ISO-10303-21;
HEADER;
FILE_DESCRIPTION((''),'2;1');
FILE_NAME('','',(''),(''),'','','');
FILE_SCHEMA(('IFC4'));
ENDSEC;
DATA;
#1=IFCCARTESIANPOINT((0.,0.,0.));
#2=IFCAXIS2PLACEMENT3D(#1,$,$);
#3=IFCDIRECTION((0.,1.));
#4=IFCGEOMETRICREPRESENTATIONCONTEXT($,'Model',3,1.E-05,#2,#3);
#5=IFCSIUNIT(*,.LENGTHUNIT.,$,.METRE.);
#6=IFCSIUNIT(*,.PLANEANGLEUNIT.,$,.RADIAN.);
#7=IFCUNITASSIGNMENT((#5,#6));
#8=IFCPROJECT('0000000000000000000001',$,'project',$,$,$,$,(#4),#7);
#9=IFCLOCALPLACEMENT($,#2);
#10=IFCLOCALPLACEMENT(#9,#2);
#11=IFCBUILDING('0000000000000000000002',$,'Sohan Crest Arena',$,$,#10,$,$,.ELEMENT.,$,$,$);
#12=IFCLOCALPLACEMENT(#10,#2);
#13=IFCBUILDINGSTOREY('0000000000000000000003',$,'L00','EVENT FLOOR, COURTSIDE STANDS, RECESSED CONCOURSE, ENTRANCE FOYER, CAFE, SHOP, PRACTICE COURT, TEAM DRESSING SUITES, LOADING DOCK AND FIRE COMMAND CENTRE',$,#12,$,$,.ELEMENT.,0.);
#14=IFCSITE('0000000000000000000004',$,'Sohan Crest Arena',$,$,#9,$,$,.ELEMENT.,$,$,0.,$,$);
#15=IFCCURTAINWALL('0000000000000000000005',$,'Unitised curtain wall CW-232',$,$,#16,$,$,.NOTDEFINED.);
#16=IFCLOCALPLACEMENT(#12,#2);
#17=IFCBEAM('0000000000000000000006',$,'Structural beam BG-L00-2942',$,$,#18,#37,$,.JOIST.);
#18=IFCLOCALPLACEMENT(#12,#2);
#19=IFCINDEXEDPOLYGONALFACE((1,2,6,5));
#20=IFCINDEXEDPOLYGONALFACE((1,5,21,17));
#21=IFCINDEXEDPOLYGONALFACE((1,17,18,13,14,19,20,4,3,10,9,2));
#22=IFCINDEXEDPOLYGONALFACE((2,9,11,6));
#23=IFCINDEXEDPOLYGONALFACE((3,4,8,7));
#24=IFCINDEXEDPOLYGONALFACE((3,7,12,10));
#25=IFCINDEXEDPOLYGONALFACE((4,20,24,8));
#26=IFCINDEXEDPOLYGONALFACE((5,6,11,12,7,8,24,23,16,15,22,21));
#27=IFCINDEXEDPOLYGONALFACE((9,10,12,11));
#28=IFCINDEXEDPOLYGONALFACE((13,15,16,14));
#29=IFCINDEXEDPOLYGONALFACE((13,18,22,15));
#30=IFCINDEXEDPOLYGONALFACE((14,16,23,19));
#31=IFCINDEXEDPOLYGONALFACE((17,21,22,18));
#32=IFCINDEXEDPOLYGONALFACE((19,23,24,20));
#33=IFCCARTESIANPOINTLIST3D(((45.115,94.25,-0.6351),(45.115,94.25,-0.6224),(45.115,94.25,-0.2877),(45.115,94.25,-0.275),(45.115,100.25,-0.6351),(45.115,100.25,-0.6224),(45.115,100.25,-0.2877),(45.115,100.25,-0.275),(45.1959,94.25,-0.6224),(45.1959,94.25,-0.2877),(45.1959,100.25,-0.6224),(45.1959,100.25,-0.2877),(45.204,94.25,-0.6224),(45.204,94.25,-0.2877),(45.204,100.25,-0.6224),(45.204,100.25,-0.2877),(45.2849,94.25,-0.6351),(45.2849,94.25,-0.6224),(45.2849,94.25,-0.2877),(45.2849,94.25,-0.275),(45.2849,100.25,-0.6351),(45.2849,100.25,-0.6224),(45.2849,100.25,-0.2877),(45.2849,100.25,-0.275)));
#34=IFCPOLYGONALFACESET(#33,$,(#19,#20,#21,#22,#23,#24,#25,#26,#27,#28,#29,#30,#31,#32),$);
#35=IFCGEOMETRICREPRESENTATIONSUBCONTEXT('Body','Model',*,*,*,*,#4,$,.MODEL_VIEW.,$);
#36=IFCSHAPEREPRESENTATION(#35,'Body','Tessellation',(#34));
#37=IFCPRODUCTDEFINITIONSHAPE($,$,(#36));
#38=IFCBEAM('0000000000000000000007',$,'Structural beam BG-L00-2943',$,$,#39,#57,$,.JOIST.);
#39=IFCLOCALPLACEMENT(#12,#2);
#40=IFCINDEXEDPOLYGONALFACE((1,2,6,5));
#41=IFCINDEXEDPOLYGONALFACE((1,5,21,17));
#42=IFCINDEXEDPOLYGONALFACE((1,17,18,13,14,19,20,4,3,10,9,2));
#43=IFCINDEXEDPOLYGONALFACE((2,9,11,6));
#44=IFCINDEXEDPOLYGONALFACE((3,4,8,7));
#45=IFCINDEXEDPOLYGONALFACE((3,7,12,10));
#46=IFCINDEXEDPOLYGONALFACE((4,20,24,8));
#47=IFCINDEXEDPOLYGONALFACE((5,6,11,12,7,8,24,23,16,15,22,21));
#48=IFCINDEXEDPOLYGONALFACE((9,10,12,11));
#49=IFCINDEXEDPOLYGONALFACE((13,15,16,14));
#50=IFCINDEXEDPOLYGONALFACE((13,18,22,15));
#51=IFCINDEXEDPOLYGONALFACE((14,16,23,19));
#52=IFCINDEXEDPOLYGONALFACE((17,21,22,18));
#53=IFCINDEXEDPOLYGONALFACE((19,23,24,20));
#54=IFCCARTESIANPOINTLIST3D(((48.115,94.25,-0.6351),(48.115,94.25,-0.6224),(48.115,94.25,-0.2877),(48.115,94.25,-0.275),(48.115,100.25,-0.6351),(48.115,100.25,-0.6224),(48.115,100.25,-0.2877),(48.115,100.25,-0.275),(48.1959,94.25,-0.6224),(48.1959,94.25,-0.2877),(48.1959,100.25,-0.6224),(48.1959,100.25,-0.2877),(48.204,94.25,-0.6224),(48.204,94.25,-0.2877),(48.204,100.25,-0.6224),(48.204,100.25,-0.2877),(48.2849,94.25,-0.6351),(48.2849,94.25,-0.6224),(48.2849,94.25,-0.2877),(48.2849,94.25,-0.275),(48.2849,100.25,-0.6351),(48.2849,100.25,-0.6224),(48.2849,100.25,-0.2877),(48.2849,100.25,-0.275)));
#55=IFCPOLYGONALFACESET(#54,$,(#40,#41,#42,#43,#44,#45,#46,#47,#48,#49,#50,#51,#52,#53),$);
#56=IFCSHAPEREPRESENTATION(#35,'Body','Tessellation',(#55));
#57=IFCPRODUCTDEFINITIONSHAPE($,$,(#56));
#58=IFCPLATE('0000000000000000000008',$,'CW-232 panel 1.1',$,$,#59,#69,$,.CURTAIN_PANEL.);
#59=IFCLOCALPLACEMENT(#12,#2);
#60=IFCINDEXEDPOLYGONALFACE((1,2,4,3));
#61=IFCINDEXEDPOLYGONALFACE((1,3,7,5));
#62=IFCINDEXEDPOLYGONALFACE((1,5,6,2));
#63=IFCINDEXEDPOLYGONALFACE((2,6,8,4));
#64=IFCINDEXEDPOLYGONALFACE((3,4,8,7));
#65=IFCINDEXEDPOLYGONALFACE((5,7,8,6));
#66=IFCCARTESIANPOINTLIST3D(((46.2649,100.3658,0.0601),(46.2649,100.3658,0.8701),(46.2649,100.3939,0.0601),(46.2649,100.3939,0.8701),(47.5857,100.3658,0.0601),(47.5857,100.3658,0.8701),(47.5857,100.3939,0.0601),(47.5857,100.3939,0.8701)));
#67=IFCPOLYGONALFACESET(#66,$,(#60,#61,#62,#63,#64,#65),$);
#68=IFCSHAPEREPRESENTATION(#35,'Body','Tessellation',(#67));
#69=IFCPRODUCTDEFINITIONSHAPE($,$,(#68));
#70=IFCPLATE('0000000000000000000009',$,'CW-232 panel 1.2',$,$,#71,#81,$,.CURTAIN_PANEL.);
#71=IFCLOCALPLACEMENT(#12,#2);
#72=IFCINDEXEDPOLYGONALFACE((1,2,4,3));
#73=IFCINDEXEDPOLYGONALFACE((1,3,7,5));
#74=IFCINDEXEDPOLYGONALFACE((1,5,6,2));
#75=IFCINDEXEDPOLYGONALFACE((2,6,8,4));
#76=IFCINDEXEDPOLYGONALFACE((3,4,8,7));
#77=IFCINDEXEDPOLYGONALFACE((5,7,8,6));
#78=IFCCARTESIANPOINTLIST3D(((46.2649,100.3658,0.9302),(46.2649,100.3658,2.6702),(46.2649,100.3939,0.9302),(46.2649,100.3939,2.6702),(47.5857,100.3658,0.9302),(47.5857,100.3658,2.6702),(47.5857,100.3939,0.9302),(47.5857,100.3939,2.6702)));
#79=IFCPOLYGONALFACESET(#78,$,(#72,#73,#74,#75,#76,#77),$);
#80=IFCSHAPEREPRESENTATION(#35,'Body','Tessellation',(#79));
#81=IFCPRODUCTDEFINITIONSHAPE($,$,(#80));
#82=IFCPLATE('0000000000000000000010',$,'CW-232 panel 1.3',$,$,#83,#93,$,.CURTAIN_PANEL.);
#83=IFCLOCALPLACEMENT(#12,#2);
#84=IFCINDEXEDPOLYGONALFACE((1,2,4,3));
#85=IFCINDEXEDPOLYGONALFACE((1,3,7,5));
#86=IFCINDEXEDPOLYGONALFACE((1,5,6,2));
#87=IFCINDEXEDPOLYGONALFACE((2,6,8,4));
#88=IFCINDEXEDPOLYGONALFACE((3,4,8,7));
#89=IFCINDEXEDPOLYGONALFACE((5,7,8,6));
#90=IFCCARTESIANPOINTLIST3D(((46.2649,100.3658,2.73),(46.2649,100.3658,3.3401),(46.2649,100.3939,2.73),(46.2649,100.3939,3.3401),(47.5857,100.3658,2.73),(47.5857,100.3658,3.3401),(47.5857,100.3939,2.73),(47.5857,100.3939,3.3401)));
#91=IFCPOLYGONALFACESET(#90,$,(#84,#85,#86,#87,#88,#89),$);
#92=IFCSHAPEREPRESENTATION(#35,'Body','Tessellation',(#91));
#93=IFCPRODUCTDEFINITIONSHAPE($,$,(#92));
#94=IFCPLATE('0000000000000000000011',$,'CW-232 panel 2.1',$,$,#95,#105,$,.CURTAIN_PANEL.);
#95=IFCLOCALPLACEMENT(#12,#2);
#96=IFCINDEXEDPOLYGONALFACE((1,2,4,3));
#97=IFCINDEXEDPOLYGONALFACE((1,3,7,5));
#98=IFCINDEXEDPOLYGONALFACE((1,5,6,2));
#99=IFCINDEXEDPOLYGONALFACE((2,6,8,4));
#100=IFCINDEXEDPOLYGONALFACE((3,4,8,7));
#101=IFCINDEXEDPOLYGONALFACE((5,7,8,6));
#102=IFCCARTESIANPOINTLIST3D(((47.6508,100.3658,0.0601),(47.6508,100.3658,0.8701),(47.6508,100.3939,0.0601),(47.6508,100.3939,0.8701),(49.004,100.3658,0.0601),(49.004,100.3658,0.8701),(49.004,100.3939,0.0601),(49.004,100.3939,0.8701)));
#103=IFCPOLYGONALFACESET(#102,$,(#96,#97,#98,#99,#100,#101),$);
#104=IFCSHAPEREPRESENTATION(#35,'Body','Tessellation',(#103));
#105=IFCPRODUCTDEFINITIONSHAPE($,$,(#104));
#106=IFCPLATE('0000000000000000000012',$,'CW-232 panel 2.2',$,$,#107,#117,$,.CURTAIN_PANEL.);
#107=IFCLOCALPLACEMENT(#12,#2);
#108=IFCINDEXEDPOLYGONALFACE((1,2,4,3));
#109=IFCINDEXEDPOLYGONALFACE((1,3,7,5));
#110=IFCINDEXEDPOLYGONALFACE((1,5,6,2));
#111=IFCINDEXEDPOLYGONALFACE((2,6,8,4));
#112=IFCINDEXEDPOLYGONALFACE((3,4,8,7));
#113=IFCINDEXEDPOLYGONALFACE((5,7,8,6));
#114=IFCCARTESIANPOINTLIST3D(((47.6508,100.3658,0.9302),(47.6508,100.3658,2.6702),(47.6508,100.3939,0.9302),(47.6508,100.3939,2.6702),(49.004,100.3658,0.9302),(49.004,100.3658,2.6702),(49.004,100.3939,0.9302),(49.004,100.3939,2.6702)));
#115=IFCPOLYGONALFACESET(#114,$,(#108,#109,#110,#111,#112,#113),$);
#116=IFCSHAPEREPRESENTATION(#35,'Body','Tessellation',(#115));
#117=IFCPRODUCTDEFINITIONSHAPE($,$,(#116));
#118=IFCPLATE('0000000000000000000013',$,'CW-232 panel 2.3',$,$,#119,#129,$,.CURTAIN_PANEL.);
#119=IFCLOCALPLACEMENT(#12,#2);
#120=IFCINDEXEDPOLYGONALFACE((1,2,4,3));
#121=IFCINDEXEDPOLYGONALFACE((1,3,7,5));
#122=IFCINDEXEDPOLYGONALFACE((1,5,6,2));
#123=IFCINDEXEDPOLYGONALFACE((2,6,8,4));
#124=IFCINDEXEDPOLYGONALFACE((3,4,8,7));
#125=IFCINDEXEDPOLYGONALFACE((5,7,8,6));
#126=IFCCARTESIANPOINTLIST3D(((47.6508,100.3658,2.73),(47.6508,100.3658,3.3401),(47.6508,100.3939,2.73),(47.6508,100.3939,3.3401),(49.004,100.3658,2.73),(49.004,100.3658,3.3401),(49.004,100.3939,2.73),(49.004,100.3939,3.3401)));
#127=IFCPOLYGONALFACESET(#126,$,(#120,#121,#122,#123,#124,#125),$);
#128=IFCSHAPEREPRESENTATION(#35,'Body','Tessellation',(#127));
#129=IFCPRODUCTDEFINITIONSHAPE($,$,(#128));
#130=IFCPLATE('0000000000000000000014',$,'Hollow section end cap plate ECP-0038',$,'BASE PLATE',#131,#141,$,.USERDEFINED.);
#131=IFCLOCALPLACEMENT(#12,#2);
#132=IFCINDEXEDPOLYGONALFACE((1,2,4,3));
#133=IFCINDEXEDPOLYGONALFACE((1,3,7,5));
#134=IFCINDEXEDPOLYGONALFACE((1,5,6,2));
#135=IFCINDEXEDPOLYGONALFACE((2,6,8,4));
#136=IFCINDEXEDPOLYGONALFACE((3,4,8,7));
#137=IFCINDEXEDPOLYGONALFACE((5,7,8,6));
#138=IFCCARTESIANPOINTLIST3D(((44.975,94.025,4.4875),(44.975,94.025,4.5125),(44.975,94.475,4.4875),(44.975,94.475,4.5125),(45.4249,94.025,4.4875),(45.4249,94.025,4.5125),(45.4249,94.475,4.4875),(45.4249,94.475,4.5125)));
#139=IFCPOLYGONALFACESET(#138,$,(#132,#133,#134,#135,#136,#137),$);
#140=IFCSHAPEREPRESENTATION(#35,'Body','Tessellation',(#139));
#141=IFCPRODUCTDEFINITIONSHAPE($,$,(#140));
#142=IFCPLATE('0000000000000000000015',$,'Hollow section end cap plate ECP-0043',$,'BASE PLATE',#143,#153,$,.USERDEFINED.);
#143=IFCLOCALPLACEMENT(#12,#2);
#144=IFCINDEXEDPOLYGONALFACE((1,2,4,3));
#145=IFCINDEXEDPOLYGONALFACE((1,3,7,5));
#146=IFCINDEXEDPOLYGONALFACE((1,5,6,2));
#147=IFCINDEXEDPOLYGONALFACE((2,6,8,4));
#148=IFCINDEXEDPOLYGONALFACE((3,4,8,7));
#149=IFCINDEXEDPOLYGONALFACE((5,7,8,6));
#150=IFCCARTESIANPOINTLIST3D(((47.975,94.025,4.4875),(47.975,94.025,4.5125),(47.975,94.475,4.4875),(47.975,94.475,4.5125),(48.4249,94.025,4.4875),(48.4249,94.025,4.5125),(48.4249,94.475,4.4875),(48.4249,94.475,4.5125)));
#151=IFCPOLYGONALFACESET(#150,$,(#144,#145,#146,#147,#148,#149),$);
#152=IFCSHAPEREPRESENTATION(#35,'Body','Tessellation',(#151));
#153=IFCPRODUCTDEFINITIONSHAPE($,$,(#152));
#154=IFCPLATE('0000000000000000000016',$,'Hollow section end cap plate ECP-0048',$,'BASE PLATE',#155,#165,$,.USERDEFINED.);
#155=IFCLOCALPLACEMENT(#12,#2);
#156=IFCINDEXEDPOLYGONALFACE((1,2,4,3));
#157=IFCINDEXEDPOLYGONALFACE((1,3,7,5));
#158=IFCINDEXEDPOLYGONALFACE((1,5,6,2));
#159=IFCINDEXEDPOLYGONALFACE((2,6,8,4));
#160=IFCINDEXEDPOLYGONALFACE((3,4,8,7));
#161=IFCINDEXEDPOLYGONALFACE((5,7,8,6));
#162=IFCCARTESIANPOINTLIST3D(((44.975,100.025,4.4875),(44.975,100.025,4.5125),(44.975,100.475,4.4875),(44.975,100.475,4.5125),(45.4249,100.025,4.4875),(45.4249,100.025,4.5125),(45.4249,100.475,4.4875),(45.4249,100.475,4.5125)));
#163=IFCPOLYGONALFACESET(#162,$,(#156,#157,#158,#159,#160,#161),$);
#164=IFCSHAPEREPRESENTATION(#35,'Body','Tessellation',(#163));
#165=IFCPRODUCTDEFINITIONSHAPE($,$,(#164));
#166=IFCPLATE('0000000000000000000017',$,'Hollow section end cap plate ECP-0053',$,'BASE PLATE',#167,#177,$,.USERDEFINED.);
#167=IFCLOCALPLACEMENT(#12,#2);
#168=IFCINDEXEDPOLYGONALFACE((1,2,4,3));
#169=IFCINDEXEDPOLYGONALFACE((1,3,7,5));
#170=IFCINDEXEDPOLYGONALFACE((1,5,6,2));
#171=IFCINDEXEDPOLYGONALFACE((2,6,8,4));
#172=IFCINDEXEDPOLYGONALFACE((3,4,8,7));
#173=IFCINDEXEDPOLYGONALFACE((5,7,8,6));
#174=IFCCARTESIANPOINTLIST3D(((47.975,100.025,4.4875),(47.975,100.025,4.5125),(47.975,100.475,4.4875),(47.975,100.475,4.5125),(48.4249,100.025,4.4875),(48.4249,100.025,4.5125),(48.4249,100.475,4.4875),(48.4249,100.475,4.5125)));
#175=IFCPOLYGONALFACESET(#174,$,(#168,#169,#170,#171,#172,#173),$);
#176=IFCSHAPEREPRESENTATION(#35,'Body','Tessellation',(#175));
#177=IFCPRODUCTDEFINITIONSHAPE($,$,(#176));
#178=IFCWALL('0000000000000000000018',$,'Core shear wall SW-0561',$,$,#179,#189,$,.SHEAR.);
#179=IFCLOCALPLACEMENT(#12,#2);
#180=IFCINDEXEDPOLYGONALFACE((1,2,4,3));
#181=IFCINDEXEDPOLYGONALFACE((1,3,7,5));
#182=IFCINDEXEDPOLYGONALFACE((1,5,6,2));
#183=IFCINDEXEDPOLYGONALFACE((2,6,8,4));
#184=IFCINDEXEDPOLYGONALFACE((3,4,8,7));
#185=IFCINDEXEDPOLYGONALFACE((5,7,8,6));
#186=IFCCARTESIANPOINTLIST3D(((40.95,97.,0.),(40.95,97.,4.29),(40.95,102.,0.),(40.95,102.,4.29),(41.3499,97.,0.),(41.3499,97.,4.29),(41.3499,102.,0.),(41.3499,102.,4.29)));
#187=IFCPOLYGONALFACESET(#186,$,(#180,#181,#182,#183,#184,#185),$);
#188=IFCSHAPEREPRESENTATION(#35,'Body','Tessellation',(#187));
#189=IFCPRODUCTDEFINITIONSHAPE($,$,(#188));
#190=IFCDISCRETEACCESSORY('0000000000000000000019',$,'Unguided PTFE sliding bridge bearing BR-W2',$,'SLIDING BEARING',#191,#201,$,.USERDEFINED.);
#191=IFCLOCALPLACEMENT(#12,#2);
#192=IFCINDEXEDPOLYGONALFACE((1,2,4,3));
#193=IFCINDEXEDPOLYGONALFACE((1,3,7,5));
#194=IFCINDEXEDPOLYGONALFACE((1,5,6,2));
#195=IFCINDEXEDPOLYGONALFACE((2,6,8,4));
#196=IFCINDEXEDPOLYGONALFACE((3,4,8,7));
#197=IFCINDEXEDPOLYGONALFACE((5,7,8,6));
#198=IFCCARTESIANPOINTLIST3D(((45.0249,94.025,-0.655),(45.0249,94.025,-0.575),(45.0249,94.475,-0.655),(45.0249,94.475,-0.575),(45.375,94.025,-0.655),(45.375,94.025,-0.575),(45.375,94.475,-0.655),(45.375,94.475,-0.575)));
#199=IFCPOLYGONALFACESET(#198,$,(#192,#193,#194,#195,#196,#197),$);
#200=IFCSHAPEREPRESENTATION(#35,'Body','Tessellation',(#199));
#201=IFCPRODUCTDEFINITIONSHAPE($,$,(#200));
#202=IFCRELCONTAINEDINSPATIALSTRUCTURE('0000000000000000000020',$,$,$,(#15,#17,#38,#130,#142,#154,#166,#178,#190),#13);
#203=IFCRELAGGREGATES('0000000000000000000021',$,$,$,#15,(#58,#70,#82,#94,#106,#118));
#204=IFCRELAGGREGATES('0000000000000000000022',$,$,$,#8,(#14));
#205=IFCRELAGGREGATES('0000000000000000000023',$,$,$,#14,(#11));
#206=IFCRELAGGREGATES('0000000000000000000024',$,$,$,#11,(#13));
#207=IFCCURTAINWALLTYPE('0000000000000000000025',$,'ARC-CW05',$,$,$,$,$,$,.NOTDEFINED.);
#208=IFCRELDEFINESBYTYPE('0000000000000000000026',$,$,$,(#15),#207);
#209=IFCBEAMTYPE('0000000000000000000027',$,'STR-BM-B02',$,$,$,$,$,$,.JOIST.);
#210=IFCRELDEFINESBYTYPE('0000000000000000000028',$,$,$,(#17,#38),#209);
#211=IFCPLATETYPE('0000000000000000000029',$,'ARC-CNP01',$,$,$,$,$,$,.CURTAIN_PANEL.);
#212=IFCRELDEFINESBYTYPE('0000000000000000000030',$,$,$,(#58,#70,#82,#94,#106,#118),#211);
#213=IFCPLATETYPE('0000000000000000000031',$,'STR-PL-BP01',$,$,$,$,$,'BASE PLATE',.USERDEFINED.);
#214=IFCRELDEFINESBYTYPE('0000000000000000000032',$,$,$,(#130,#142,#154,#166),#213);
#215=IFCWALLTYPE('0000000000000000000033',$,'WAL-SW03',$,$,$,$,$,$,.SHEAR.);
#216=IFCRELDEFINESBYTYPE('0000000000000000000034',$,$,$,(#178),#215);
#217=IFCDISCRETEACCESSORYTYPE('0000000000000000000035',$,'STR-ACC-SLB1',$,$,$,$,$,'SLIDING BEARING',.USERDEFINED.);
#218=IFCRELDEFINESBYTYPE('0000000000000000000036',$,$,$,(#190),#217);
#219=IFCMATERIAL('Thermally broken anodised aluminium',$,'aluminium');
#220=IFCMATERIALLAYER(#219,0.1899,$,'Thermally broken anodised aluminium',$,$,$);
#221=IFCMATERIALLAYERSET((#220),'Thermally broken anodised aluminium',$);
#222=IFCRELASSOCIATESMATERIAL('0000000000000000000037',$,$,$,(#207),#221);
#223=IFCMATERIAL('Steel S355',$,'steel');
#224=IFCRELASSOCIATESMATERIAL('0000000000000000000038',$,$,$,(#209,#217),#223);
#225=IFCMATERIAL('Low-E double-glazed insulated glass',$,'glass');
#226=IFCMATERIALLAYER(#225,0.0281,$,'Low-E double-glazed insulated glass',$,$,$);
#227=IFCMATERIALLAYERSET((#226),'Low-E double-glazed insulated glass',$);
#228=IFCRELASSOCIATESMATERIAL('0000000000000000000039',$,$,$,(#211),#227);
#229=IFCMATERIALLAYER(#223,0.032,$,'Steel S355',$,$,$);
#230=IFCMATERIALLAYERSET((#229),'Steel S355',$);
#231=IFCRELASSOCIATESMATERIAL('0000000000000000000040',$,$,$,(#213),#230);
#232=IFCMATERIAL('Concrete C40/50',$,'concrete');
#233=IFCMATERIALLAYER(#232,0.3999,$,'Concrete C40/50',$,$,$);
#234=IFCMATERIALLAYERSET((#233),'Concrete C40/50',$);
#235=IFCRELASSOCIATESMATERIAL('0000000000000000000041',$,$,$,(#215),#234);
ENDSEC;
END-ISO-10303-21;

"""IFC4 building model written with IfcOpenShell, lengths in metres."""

from ifc_helpers import new_model, si_unit, direction, frame, frame_2d, origin, origin_2d, place, context, subcontext, project, spatial, rectangle, i_section, extrude, material, layer, layer_set, material_profile, profile_set, type_object, element, aggregate, save


model = new_model("IFC4")

# Units and contexts
model_context = context("Model", 3, precision=1e-05, world=origin(), true_north=direction((0.0, 1.0)))
body_context = subcontext(model_context, "Body", "Model", "MODEL_VIEW")
ifc_project = project(units=[si_unit("LENGTHUNIT", "METRE"), si_unit("PLANEANGLEUNIT", "RADIAN")], contexts=[model_context])

# Site, building, storey
site_placement = place(None, origin())
site = spatial("IfcSite", under=ifc_project, at=site_placement, Name="Sohan Crest Arena", CompositionType="ELEMENT", RefElevation=0.0)
building_placement = place(site_placement, origin())
building = spatial("IfcBuilding", under=site, at=building_placement, Name="Sohan Crest Arena", CompositionType="ELEMENT")
storey_placement = place(building_placement, origin())
storey = spatial("IfcBuildingStorey", under=building, at=storey_placement, Name="L00", Description="EVENT FLOOR, COURTSIDE STANDS, RECESSED CONCOURSE, ENTRANCE FOYER, CAFE, SHOP, PRACTICE COURT, TEAM DRESSING SUITES, LOADING DOCK AND FIRE COMMAND CENTRE", CompositionType="ELEMENT", Elevation=0.0)

# Shared definitions
ifc_material_1 = material(Name="Steel S355", Category="steel")

# Curtain wall
ifc_material_2 = material(Name="Thermally broken anodised aluminium", Category="aluminium")
ifc_layer_1 = layer(ifc_material_2, 0.1899, Name="Thermally broken anodised aluminium")
ifc_layer_set_1 = layer_set([ifc_layer_1], Name="Thermally broken anodised aluminium")
curtain_wall_type = type_object("IfcCurtainWallType", Name="ARC-CW05", PredefinedType="NOTDEFINED", material=ifc_layer_set_1)
curtain_wall_placement = place(storey_placement, origin())
curtain_wall = element("IfcCurtainWall", 1, at=curtain_wall_placement, inside=storey, type_object=curtain_wall_type, Name="Unitised curtain wall CW-232", PredefinedType="NOTDEFINED")

# Beams
ifc_material_profile_1 = material_profile(ifc_material_1, i_section(OverallWidth=0.1699, OverallDepth=0.3601, WebThickness=0.0081, FlangeThickness=0.0127, at=origin_2d()), Name="IPE 360")
ifc_profile_set_1 = profile_set([ifc_material_profile_1], Name="Steel S355")
beam_type = type_object("IfcBeamType", Name="STR-BM-B02", PredefinedType="JOIST", material=ifc_profile_set_1)
for number, where, z_axis, x_axis, name in (
    (2, (45.2, 94.25, -0.4551), (0.0, 1.0, 0.0), (-1.0, 0.0, 0.0), "Structural beam BG-L00-2942"),
    (3, (48.2, 94.25, -0.4551), (0.0, 1.0, 0.0), (-1.0, 0.0, 0.0), "Structural beam BG-L00-2943"),
):
    element("IfcBeam", number, at=place(storey_placement, frame(where, z_axis=z_axis, x_axis=x_axis)), inside=storey, type_object=beam_type, Name=name, PredefinedType="JOIST", context=body_context, shape_type="SweptSolid", body=[
        extrude(i_section(OverallWidth=0.1699, OverallDepth=0.3601, WebThickness=0.0081, FlangeThickness=0.0127, at=origin_2d()), origin(), (0.0, 0.0, 1.0), 6.0),
    ])

# Plates
ifc_material_3 = material(Name="Low-E double-glazed insulated glass", Category="glass")
ifc_layer_2 = layer(ifc_material_3, 0.0281, Name="Low-E double-glazed insulated glass")
ifc_layer_set_2 = layer_set([ifc_layer_2], Name="Low-E double-glazed insulated glass")
plate_type_1 = type_object("IfcPlateType", Name="ARC-CNP01", PredefinedType="CURTAIN_PANEL", material=ifc_layer_set_2)
plate_1_placement = place(storey_placement, frame((46.9253, 100.3799, 0.0601), z_axis=(0.0, 0.0, 1.0), x_axis=(1.0, 0.0, 0.0)))
plate_1 = element("IfcPlate", 4, at=plate_1_placement, type_object=plate_type_1, Name="CW-232 panel 1.1", PredefinedType="CURTAIN_PANEL", context=body_context, shape_type="SweptSolid", body=[
    extrude(rectangle(XDim=1.3208, YDim=0.0281, at=origin_2d()), origin(), (0.0, 0.0, 1.0), 0.8101),
])
plate_2_placement = place(storey_placement, frame((46.9253, 100.3799, 0.9302), z_axis=(0.0, 0.0, 1.0), x_axis=(1.0, 0.0, 0.0)))
plate_2 = element("IfcPlate", 5, at=plate_2_placement, type_object=plate_type_1, Name="CW-232 panel 1.2", PredefinedType="CURTAIN_PANEL", context=body_context, shape_type="SweptSolid", body=[
    extrude(rectangle(XDim=1.3208, YDim=0.0281, at=origin_2d()), origin(), (0.0, 0.0, 1.0), 1.74),
])
plate_3_placement = place(storey_placement, frame((46.9253, 100.3799, 2.73), z_axis=(0.0, 0.0, 1.0), x_axis=(1.0, 0.0, 0.0)))
plate_3 = element("IfcPlate", 6, at=plate_3_placement, type_object=plate_type_1, Name="CW-232 panel 1.3", PredefinedType="CURTAIN_PANEL", context=body_context, shape_type="SweptSolid", body=[
    extrude(rectangle(XDim=1.3208, YDim=0.0281, at=origin_2d()), origin(), (0.0, 0.0, 1.0), 0.6101),
])
plate_4_placement = place(storey_placement, frame((48.3274, 100.3799, 0.0601), z_axis=(0.0, 0.0, 1.0), x_axis=(1.0, 0.0, 0.0)))
plate_4 = element("IfcPlate", 7, at=plate_4_placement, type_object=plate_type_1, Name="CW-232 panel 2.1", PredefinedType="CURTAIN_PANEL", context=body_context, shape_type="SweptSolid", body=[
    extrude(rectangle(XDim=1.3533, YDim=0.0281, at=origin_2d()), origin(), (0.0, 0.0, 1.0), 0.8101),
])
plate_5_placement = place(storey_placement, frame((48.3274, 100.3799, 0.9302), z_axis=(0.0, 0.0, 1.0), x_axis=(1.0, 0.0, 0.0)))
plate_5 = element("IfcPlate", 8, at=plate_5_placement, type_object=plate_type_1, Name="CW-232 panel 2.2", PredefinedType="CURTAIN_PANEL", context=body_context, shape_type="SweptSolid", body=[
    extrude(rectangle(XDim=1.3533, YDim=0.0281, at=origin_2d()), origin(), (0.0, 0.0, 1.0), 1.74),
])
plate_6_placement = place(storey_placement, frame((48.3274, 100.3799, 2.73), z_axis=(0.0, 0.0, 1.0), x_axis=(1.0, 0.0, 0.0)))
plate_6 = element("IfcPlate", 9, at=plate_6_placement, type_object=plate_type_1, Name="CW-232 panel 2.3", PredefinedType="CURTAIN_PANEL", context=body_context, shape_type="SweptSolid", body=[
    extrude(rectangle(XDim=1.3533, YDim=0.0281, at=origin_2d()), origin(), (0.0, 0.0, 1.0), 0.6101),
])
aggregate(curtain_wall, [plate_1, plate_2, plate_3, plate_4, plate_5, plate_6])

# Plates
ifc_layer_3 = layer(ifc_material_1, 0.032, Name="Steel S355")
ifc_layer_set_3 = layer_set([ifc_layer_3], Name="Steel S355")
plate_type_2 = type_object("IfcPlateType", Name="STR-PL-BP01", ElementType="BASE PLATE", PredefinedType="USERDEFINED", material=ifc_layer_set_3)
for number, where, z_axis, x_axis, name in (
    (10, (45.2, 94.25, 4.4875), (0.0, 0.0, 1.0), (1.0, 0.0, 0.0), "Hollow section end cap plate ECP-0038"),
    (11, (48.2, 94.25, 4.4875), (0.0, 0.0, 1.0), (1.0, 0.0, 0.0), "Hollow section end cap plate ECP-0043"),
    (12, (45.2, 100.25, 4.4875), (0.0, 0.0, 1.0), (1.0, 0.0, 0.0), "Hollow section end cap plate ECP-0048"),
    (13, (48.2, 100.25, 4.4875), (0.0, 0.0, 1.0), (1.0, 0.0, 0.0), "Hollow section end cap plate ECP-0053"),
):
    element("IfcPlate", number, at=place(storey_placement, frame(where, z_axis=z_axis, x_axis=x_axis)), inside=storey, type_object=plate_type_2, Name=name, ObjectType="BASE PLATE", PredefinedType="USERDEFINED", context=body_context, shape_type="SweptSolid", body=[
        extrude(rectangle(XDim=0.45, YDim=0.45, at=origin_2d()), origin(), (0.0, 0.0, 1.0), 0.0249),
    ])

# Wall
ifc_material_4 = material(Name="Concrete C40/50", Category="concrete")
ifc_layer_4 = layer(ifc_material_4, 0.3999, Name="Concrete C40/50")
ifc_layer_set_4 = layer_set([ifc_layer_4], Name="Concrete C40/50")
wall_type = type_object("IfcWallType", Name="WAL-SW03", PredefinedType="SHEAR", material=ifc_layer_set_4)
wall_placement = place(storey_placement, frame((41.1499, 97.0, 0.0), z_axis=(0.0, 0.0, 1.0), x_axis=(0.0, 1.0, 0.0)))
element("IfcWall", 14, at=wall_placement, inside=storey, type_object=wall_type, Name="Core shear wall SW-0561", PredefinedType="SHEAR", context=body_context, shape_type="SweptSolid", body=[
    extrude(rectangle(XDim=5.0, YDim=0.3999, at=frame_2d((2.5, 0.0))), origin(), (0.0, 0.0, 1.0), 4.29),
])

# Discrete accessory
discrete_accessory_type = type_object("IfcDiscreteAccessoryType", Name="STR-ACC-SLB1", ElementType="SLIDING BEARING", PredefinedType="USERDEFINED", material=ifc_material_1)
discrete_accessory_placement = place(storey_placement, frame((45.2, 94.25, -0.655), z_axis=(0.0, 0.0, 1.0), x_axis=(1.0, 0.0, 0.0)))
element("IfcDiscreteAccessory", 15, at=discrete_accessory_placement, inside=storey, type_object=discrete_accessory_type, Name="Unguided PTFE sliding bridge bearing BR-W2", ObjectType="SLIDING BEARING", PredefinedType="USERDEFINED", context=body_context, shape_type="SweptSolid", body=[
    extrude(rectangle(XDim=0.3501, YDim=0.45, at=origin_2d()), origin(), (0.0, 0.0, 1.0), 0.0801),
])

save(model, "model.ifc")
